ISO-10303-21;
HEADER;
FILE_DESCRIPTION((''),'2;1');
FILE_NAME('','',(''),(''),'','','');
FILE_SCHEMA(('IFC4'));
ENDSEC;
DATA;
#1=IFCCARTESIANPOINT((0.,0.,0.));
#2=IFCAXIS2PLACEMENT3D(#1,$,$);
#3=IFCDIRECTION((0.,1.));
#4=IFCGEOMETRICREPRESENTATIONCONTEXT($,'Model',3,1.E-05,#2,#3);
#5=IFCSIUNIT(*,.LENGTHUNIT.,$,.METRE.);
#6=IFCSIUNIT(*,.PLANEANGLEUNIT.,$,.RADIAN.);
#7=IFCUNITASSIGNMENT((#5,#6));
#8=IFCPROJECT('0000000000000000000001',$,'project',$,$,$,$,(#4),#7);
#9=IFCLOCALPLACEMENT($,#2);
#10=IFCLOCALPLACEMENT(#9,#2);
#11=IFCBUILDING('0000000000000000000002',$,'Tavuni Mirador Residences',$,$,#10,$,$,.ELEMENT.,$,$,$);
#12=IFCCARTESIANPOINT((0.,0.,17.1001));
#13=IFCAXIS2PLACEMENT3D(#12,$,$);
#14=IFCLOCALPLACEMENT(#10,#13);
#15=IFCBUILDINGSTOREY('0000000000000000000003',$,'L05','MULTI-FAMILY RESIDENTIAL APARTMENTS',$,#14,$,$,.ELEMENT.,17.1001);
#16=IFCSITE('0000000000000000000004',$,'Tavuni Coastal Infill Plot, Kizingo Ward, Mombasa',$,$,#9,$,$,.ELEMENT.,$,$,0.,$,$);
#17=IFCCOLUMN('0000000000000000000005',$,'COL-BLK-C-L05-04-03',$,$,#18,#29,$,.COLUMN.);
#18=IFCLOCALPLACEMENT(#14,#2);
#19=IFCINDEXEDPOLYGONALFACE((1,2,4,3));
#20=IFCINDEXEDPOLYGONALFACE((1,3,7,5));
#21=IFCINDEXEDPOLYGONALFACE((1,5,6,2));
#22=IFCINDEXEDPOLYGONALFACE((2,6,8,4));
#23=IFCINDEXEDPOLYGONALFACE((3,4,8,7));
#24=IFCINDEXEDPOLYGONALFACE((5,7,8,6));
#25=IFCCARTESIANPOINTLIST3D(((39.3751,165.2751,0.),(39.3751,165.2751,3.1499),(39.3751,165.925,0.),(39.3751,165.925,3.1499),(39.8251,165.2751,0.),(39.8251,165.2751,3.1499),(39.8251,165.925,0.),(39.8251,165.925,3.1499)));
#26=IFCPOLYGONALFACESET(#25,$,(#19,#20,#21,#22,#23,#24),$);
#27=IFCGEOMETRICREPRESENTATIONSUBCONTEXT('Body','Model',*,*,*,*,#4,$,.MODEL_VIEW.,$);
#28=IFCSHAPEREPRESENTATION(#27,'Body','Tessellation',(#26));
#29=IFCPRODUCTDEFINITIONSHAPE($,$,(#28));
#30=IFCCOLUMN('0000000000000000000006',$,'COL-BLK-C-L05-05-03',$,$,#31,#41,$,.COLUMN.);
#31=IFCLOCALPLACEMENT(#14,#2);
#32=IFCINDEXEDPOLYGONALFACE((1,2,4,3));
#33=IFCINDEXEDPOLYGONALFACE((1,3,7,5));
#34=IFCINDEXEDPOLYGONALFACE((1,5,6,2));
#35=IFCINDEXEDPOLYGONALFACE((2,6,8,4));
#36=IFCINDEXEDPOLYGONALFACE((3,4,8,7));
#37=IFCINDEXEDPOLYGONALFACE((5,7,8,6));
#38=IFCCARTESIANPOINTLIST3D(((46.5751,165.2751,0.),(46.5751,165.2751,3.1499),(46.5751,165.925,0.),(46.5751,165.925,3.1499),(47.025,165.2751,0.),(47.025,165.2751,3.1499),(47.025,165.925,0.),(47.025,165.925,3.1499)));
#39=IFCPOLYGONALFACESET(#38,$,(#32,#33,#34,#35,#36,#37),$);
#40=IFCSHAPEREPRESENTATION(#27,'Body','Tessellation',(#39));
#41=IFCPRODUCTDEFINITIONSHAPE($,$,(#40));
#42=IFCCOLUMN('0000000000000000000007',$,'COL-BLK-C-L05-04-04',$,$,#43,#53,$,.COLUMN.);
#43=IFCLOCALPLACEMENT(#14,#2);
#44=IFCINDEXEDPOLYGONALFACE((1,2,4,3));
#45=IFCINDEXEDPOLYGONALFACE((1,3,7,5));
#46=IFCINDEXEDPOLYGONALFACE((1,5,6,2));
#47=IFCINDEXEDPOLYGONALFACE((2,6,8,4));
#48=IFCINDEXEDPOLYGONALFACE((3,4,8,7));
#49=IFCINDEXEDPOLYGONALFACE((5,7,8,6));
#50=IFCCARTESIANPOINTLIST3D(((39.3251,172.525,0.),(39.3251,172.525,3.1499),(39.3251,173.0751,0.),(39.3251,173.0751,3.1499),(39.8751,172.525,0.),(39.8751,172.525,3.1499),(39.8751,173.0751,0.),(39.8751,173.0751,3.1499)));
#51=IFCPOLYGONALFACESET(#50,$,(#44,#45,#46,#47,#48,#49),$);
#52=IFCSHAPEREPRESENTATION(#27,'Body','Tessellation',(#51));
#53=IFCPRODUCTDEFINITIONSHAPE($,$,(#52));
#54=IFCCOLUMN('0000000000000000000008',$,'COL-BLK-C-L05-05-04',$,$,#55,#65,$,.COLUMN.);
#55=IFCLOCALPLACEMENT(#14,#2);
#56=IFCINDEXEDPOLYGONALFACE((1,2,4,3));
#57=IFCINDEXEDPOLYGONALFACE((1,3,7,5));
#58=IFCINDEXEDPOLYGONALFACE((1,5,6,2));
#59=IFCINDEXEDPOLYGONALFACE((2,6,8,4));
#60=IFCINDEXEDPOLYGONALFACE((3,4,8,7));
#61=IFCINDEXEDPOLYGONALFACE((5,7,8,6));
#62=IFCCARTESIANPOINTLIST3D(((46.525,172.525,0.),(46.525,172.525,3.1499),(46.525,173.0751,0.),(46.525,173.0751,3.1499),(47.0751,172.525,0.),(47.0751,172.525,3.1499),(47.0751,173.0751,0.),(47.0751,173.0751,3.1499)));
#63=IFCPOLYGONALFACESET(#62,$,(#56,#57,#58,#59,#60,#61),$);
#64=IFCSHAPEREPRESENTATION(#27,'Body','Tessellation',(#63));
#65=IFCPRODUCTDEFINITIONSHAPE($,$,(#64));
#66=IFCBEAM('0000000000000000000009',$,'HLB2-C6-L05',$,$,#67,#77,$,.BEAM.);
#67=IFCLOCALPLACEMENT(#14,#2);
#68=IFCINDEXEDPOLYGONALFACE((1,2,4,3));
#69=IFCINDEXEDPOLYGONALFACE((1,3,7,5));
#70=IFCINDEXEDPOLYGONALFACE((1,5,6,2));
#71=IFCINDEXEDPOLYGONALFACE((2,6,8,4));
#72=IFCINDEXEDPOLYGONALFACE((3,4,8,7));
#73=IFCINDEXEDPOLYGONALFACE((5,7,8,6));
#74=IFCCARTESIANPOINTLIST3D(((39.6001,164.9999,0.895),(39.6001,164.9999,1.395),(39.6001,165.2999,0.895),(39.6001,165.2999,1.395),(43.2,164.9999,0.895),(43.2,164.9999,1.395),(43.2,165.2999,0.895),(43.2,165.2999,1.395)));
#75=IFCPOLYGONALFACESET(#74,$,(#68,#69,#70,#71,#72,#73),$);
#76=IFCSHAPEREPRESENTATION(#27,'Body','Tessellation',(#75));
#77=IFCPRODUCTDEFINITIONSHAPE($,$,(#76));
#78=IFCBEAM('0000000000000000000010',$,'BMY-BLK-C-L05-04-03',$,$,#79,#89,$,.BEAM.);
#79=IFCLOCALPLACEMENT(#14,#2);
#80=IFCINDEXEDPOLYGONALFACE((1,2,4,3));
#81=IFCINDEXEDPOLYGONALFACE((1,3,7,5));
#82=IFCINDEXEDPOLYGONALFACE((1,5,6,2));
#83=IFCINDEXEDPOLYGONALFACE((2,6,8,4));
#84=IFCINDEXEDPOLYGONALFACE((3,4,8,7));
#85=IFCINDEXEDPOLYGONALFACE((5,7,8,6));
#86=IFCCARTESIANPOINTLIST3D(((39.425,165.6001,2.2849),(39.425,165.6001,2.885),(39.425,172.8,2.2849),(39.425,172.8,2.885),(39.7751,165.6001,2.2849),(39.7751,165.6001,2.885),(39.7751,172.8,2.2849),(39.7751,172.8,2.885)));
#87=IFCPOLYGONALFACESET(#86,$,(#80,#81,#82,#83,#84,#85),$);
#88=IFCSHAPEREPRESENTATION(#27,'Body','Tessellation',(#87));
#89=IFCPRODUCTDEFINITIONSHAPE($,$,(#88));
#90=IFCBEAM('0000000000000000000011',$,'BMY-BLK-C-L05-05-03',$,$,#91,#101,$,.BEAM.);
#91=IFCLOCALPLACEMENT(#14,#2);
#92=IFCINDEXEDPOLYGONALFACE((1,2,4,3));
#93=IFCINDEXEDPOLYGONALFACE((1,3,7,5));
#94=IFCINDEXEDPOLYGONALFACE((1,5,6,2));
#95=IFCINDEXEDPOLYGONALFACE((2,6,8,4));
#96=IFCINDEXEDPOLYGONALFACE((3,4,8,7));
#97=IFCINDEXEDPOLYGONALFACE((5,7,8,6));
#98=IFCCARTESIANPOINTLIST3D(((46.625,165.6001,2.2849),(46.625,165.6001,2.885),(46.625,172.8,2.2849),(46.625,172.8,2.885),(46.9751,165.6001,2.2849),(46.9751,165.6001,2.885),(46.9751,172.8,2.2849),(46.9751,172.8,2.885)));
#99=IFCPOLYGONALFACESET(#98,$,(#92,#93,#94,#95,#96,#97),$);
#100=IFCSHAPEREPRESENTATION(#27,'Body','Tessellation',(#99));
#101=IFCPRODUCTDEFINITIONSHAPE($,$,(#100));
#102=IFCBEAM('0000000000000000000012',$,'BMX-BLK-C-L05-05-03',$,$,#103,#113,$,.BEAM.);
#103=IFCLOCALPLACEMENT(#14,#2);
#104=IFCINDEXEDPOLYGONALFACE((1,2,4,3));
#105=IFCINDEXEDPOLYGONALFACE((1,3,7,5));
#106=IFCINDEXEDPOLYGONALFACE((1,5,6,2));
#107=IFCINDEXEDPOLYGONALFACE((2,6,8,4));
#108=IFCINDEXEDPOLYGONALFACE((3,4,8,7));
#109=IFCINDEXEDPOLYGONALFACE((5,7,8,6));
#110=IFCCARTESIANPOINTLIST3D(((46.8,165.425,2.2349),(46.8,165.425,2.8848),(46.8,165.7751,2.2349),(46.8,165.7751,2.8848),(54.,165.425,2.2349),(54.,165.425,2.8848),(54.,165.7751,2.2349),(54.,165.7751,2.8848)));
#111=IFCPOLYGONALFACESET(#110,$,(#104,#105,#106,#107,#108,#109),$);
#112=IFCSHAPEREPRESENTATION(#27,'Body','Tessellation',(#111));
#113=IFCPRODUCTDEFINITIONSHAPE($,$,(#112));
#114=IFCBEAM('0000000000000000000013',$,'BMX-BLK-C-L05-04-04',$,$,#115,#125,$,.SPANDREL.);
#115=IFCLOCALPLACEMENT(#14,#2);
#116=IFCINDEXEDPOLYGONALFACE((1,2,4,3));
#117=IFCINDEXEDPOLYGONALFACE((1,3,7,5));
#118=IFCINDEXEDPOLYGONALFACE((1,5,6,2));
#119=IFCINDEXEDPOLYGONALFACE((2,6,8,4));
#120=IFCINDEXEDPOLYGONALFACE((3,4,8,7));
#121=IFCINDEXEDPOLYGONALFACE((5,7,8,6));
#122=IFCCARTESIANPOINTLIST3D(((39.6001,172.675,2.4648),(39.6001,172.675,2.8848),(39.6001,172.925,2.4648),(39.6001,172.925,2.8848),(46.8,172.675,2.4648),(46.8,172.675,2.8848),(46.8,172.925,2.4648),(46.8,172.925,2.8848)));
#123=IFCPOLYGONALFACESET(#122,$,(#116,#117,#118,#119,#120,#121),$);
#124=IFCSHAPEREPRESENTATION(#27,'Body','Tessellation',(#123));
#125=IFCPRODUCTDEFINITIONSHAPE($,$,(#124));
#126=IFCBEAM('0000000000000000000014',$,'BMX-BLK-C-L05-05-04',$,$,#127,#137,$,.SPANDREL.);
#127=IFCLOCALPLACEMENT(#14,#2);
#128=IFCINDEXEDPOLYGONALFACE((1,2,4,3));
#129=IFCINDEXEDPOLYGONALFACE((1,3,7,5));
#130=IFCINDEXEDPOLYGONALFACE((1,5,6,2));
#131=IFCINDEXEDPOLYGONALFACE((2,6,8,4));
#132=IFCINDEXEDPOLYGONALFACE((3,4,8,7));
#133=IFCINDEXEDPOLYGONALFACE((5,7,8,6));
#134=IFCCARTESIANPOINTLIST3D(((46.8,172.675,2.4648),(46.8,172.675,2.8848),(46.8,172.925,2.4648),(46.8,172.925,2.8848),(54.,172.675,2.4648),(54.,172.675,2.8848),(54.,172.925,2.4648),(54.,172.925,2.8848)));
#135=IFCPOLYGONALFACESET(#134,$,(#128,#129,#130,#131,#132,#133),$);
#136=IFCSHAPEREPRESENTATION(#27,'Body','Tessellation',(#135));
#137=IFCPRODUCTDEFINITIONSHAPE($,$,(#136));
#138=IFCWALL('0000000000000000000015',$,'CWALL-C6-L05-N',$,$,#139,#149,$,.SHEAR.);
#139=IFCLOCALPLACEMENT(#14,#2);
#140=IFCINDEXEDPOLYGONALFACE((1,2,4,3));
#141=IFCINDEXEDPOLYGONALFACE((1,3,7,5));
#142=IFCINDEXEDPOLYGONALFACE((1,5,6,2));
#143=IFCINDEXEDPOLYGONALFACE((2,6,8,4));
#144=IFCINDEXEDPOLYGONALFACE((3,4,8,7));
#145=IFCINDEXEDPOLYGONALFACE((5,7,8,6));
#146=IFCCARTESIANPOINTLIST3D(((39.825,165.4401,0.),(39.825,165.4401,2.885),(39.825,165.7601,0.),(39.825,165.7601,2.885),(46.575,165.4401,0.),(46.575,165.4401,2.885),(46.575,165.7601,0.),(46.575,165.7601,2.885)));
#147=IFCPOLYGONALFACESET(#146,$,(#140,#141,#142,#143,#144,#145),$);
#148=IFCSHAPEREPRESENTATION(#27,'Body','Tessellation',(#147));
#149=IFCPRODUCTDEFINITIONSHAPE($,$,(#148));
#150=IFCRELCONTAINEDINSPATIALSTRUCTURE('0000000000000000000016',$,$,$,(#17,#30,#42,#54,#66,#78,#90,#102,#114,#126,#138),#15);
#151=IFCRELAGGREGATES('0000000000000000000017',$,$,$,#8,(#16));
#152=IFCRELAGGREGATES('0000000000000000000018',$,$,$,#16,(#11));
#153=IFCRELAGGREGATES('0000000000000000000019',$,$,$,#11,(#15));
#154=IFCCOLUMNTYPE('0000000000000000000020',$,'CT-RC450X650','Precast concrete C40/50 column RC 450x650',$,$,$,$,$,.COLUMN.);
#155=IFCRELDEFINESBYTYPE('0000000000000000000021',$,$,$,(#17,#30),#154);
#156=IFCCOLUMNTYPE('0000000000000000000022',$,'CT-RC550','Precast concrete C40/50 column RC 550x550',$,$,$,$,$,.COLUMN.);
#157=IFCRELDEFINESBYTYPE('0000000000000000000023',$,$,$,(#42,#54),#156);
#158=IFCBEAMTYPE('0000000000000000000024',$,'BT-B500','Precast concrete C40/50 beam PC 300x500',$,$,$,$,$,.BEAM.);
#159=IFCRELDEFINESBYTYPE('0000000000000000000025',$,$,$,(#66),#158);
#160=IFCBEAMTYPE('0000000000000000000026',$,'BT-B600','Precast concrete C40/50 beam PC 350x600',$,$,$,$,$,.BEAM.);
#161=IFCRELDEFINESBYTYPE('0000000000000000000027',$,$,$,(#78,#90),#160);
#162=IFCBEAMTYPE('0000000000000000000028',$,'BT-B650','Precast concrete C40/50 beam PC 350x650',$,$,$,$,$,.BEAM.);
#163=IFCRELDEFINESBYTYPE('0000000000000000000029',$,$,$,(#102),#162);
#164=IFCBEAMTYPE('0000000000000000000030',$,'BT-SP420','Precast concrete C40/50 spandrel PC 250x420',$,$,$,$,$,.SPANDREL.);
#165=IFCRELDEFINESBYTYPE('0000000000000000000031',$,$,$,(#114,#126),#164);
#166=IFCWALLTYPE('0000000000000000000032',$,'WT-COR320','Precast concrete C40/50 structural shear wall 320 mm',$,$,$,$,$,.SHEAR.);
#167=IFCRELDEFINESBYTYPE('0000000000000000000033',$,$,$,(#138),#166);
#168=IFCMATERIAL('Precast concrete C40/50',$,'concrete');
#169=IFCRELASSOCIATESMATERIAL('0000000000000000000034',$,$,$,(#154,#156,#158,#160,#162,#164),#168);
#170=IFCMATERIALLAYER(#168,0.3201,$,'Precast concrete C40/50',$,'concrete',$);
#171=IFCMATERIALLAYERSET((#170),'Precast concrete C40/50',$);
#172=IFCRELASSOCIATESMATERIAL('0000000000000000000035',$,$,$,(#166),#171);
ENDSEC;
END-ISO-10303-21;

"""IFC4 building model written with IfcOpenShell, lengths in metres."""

from ifc_helpers import new_model, si_unit, direction, frame, frame_2d, origin, origin_2d, place, context, subcontext, project, spatial, rectangle, extrude, material, layer, layer_set, material_profile, profile_set, type_object, element, save


model = new_model("IFC4")

# Units and contexts
model_context = context("Model", 3, precision=1e-05, world=origin(), true_north=direction((0.0, 1.0)))
body_context = subcontext(model_context, "Body", "Model", "MODEL_VIEW")
ifc_project = project(units=[si_unit("LENGTHUNIT", "METRE"), si_unit("PLANEANGLEUNIT", "RADIAN")], contexts=[model_context])

# Site, building, storey
site_placement = place(None, origin())
site = spatial("IfcSite", under=ifc_project, at=site_placement, Name="Tavuni Coastal Infill Plot, Kizingo Ward, Mombasa", CompositionType="ELEMENT", RefElevation=0.0)
building_placement = place(site_placement, origin())
building = spatial("IfcBuilding", under=site, at=building_placement, Name="Tavuni Mirador Residences", CompositionType="ELEMENT")
storey_placement = place(building_placement, frame((0.0, 0.0, 17.1001)))
storey = spatial("IfcBuildingStorey", under=building, at=storey_placement, Name="L05", Description="MULTI-FAMILY RESIDENTIAL APARTMENTS", CompositionType="ELEMENT", Elevation=17.1001)

# Columns
ifc_material_1 = material(Name="Precast concrete C40/50", Category="concrete")
ifc_material_profile_1 = material_profile(ifc_material_1, rectangle(XDim=0.45, YDim=0.6499, at=origin_2d()), Name="RC 450x650", Category="concrete")
ifc_profile_set_1 = profile_set([ifc_material_profile_1], Name="Precast concrete C40/50")
column_type_1 = type_object("IfcColumnType", Name="CT-RC450X650", Description="Precast concrete C40/50 column RC 450x650", PredefinedType="COLUMN", material=ifc_profile_set_1)
for number, where, z_axis, x_axis, name in (
    (1, (39.6001, 165.6001, 0.0), (0.0, 0.0, 1.0), (1.0, 0.0, 0.0), "COL-BLK-C-L05-04-03"),
    (2, (46.8, 165.6001, 0.0), (0.0, 0.0, 1.0), (1.0, 0.0, 0.0), "COL-BLK-C-L05-05-03"),
):
    element("IfcColumn", number, at=place(storey_placement, frame(where, z_axis=z_axis, x_axis=x_axis)), inside=storey, type_object=column_type_1, Name=name, PredefinedType="COLUMN", context=body_context, shape_type="SweptSolid", body=[
        extrude(rectangle(XDim=0.45, YDim=0.6499, at=origin_2d()), origin(), (0.0, 0.0, 1.0), 3.1499),
    ])
ifc_material_profile_2 = material_profile(ifc_material_1, rectangle(XDim=0.55, YDim=0.55, at=origin_2d()), Name="RC 550x550", Category="concrete")
ifc_profile_set_2 = profile_set([ifc_material_profile_2], Name="Precast concrete C40/50")
column_type_2 = type_object("IfcColumnType", Name="CT-RC550", Description="Precast concrete C40/50 column RC 550x550", PredefinedType="COLUMN", material=ifc_profile_set_2)
for number, where, z_axis, x_axis, name in (
    (3, (39.6001, 172.8, 0.0), (0.0, 0.0, 1.0), (1.0, 0.0, 0.0), "COL-BLK-C-L05-04-04"),
    (4, (46.8, 172.8, 0.0), (0.0, 0.0, 1.0), (1.0, 0.0, 0.0), "COL-BLK-C-L05-05-04"),
):
    element("IfcColumn", number, at=place(storey_placement, frame(where, z_axis=z_axis, x_axis=x_axis)), inside=storey, type_object=column_type_2, Name=name, PredefinedType="COLUMN", context=body_context, shape_type="SweptSolid", body=[
        extrude(rectangle(XDim=0.55, YDim=0.55, at=origin_2d()), origin(), (0.0, 0.0, 1.0), 3.1499),
    ])

# Beams
ifc_material_profile_3 = material_profile(ifc_material_1, rectangle(XDim=0.3, YDim=0.5, at=origin_2d()), Name="PC 300x500", Category="concrete")
ifc_profile_set_3 = profile_set([ifc_material_profile_3], Name="Precast concrete C40/50")
beam_type_1 = type_object("IfcBeamType", Name="BT-B500", Description="Precast concrete C40/50 beam PC 300x500", PredefinedType="BEAM", material=ifc_profile_set_3)
beam_1_placement = place(storey_placement, frame((39.6001, 165.1499, 1.145), z_axis=(1.0, 0.0, 0.0), x_axis=(0.0, 1.0, 0.0)))
element("IfcBeam", 5, at=beam_1_placement, inside=storey, type_object=beam_type_1, Name="HLB2-C6-L05", PredefinedType="BEAM", context=body_context, shape_type="SweptSolid", body=[
    extrude(rectangle(XDim=0.3, YDim=0.5, at=origin_2d()), origin(), (0.0, 0.0, 1.0), 3.5999),
])
ifc_material_profile_4 = material_profile(ifc_material_1, rectangle(XDim=0.3501, YDim=0.6001, at=origin_2d()), Name="PC 350x600", Category="concrete")
ifc_profile_set_4 = profile_set([ifc_material_profile_4], Name="Precast concrete C40/50")
beam_type_2 = type_object("IfcBeamType", Name="BT-B600", Description="Precast concrete C40/50 beam PC 350x600", PredefinedType="BEAM", material=ifc_profile_set_4)
for number, where, z_axis, x_axis, name in (
    (6, (39.6001, 165.6001, 2.585), (0.0, 1.0, 0.0), (-1.0, 0.0, 0.0), "BMY-BLK-C-L05-04-03"),
    (7, (46.8, 165.6001, 2.585), (0.0, 1.0, 0.0), (-1.0, 0.0, 0.0), "BMY-BLK-C-L05-05-03"),
):
    element("IfcBeam", number, at=place(storey_placement, frame(where, z_axis=z_axis, x_axis=x_axis)), inside=storey, type_object=beam_type_2, Name=name, PredefinedType="BEAM", context=body_context, shape_type="SweptSolid", body=[
        extrude(rectangle(XDim=0.3501, YDim=0.6001, at=origin_2d()), origin(), (0.0, 0.0, 1.0), 7.2),
    ])
ifc_material_profile_5 = material_profile(ifc_material_1, rectangle(XDim=0.3501, YDim=0.6499, at=origin_2d()), Name="PC 350x650", Category="concrete")
ifc_profile_set_5 = profile_set([ifc_material_profile_5], Name="Precast concrete C40/50")
beam_type_3 = type_object("IfcBeamType", Name="BT-B650", Description="Precast concrete C40/50 beam PC 350x650", PredefinedType="BEAM", material=ifc_profile_set_5)
beam_2_placement = place(storey_placement, frame((46.8, 165.6001, 2.5598), z_axis=(1.0, 0.0, 0.0), x_axis=(0.0, 1.0, 0.0)))
element("IfcBeam", 8, at=beam_2_placement, inside=storey, type_object=beam_type_3, Name="BMX-BLK-C-L05-05-03", PredefinedType="BEAM", context=body_context, shape_type="SweptSolid", body=[
    extrude(rectangle(XDim=0.3501, YDim=0.6499, at=origin_2d()), origin(), (0.0, 0.0, 1.0), 7.2),
])
ifc_material_profile_6 = material_profile(ifc_material_1, rectangle(XDim=0.25, YDim=0.4199, at=origin_2d()), Name="PC 250x420", Category="concrete")
ifc_profile_set_6 = profile_set([ifc_material_profile_6], Name="Precast concrete C40/50")
beam_type_4 = type_object("IfcBeamType", Name="BT-SP420", Description="Precast concrete C40/50 spandrel PC 250x420", PredefinedType="SPANDREL", material=ifc_profile_set_6)
for number, where, z_axis, x_axis, name in (
    (9, (39.6001, 172.8, 2.6748), (1.0, 0.0, 0.0), (0.0, 1.0, 0.0), "BMX-BLK-C-L05-04-04"),
    (10, (46.8, 172.8, 2.6748), (1.0, 0.0, 0.0), (0.0, 1.0, 0.0), "BMX-BLK-C-L05-05-04"),
):
    element("IfcBeam", number, at=place(storey_placement, frame(where, z_axis=z_axis, x_axis=x_axis)), inside=storey, type_object=beam_type_4, Name=name, PredefinedType="SPANDREL", context=body_context, shape_type="SweptSolid", body=[
        extrude(rectangle(XDim=0.25, YDim=0.4199, at=origin_2d()), origin(), (0.0, 0.0, 1.0), 7.2),
    ])

# Wall
ifc_layer_1 = layer(ifc_material_1, 0.3201, Name="Precast concrete C40/50", Category="concrete")
ifc_layer_set_1 = layer_set([ifc_layer_1], Name="Precast concrete C40/50")
wall_type_1 = type_object("IfcWallType", Name="WT-COR320", Description="Precast concrete C40/50 structural shear wall 320 mm", PredefinedType="SHEAR", material=ifc_layer_set_1)
wall_1_placement = place(storey_placement, frame((39.825, 165.6001, 0.0), z_axis=(0.0, 0.0, 1.0), x_axis=(1.0, 0.0, 0.0)))
element("IfcWall", 11, at=wall_1_placement, inside=storey, type_object=wall_type_1, Name="CWALL-C6-L05-N", PredefinedType="SHEAR", context=body_context, shape_type="SweptSolid", body=[
    extrude(rectangle(XDim=6.75, YDim=0.3201, at=frame_2d((3.375, 0.0))), origin(), (0.0, 0.0, 1.0), 2.885),
])

save(model, "model.ifc")
